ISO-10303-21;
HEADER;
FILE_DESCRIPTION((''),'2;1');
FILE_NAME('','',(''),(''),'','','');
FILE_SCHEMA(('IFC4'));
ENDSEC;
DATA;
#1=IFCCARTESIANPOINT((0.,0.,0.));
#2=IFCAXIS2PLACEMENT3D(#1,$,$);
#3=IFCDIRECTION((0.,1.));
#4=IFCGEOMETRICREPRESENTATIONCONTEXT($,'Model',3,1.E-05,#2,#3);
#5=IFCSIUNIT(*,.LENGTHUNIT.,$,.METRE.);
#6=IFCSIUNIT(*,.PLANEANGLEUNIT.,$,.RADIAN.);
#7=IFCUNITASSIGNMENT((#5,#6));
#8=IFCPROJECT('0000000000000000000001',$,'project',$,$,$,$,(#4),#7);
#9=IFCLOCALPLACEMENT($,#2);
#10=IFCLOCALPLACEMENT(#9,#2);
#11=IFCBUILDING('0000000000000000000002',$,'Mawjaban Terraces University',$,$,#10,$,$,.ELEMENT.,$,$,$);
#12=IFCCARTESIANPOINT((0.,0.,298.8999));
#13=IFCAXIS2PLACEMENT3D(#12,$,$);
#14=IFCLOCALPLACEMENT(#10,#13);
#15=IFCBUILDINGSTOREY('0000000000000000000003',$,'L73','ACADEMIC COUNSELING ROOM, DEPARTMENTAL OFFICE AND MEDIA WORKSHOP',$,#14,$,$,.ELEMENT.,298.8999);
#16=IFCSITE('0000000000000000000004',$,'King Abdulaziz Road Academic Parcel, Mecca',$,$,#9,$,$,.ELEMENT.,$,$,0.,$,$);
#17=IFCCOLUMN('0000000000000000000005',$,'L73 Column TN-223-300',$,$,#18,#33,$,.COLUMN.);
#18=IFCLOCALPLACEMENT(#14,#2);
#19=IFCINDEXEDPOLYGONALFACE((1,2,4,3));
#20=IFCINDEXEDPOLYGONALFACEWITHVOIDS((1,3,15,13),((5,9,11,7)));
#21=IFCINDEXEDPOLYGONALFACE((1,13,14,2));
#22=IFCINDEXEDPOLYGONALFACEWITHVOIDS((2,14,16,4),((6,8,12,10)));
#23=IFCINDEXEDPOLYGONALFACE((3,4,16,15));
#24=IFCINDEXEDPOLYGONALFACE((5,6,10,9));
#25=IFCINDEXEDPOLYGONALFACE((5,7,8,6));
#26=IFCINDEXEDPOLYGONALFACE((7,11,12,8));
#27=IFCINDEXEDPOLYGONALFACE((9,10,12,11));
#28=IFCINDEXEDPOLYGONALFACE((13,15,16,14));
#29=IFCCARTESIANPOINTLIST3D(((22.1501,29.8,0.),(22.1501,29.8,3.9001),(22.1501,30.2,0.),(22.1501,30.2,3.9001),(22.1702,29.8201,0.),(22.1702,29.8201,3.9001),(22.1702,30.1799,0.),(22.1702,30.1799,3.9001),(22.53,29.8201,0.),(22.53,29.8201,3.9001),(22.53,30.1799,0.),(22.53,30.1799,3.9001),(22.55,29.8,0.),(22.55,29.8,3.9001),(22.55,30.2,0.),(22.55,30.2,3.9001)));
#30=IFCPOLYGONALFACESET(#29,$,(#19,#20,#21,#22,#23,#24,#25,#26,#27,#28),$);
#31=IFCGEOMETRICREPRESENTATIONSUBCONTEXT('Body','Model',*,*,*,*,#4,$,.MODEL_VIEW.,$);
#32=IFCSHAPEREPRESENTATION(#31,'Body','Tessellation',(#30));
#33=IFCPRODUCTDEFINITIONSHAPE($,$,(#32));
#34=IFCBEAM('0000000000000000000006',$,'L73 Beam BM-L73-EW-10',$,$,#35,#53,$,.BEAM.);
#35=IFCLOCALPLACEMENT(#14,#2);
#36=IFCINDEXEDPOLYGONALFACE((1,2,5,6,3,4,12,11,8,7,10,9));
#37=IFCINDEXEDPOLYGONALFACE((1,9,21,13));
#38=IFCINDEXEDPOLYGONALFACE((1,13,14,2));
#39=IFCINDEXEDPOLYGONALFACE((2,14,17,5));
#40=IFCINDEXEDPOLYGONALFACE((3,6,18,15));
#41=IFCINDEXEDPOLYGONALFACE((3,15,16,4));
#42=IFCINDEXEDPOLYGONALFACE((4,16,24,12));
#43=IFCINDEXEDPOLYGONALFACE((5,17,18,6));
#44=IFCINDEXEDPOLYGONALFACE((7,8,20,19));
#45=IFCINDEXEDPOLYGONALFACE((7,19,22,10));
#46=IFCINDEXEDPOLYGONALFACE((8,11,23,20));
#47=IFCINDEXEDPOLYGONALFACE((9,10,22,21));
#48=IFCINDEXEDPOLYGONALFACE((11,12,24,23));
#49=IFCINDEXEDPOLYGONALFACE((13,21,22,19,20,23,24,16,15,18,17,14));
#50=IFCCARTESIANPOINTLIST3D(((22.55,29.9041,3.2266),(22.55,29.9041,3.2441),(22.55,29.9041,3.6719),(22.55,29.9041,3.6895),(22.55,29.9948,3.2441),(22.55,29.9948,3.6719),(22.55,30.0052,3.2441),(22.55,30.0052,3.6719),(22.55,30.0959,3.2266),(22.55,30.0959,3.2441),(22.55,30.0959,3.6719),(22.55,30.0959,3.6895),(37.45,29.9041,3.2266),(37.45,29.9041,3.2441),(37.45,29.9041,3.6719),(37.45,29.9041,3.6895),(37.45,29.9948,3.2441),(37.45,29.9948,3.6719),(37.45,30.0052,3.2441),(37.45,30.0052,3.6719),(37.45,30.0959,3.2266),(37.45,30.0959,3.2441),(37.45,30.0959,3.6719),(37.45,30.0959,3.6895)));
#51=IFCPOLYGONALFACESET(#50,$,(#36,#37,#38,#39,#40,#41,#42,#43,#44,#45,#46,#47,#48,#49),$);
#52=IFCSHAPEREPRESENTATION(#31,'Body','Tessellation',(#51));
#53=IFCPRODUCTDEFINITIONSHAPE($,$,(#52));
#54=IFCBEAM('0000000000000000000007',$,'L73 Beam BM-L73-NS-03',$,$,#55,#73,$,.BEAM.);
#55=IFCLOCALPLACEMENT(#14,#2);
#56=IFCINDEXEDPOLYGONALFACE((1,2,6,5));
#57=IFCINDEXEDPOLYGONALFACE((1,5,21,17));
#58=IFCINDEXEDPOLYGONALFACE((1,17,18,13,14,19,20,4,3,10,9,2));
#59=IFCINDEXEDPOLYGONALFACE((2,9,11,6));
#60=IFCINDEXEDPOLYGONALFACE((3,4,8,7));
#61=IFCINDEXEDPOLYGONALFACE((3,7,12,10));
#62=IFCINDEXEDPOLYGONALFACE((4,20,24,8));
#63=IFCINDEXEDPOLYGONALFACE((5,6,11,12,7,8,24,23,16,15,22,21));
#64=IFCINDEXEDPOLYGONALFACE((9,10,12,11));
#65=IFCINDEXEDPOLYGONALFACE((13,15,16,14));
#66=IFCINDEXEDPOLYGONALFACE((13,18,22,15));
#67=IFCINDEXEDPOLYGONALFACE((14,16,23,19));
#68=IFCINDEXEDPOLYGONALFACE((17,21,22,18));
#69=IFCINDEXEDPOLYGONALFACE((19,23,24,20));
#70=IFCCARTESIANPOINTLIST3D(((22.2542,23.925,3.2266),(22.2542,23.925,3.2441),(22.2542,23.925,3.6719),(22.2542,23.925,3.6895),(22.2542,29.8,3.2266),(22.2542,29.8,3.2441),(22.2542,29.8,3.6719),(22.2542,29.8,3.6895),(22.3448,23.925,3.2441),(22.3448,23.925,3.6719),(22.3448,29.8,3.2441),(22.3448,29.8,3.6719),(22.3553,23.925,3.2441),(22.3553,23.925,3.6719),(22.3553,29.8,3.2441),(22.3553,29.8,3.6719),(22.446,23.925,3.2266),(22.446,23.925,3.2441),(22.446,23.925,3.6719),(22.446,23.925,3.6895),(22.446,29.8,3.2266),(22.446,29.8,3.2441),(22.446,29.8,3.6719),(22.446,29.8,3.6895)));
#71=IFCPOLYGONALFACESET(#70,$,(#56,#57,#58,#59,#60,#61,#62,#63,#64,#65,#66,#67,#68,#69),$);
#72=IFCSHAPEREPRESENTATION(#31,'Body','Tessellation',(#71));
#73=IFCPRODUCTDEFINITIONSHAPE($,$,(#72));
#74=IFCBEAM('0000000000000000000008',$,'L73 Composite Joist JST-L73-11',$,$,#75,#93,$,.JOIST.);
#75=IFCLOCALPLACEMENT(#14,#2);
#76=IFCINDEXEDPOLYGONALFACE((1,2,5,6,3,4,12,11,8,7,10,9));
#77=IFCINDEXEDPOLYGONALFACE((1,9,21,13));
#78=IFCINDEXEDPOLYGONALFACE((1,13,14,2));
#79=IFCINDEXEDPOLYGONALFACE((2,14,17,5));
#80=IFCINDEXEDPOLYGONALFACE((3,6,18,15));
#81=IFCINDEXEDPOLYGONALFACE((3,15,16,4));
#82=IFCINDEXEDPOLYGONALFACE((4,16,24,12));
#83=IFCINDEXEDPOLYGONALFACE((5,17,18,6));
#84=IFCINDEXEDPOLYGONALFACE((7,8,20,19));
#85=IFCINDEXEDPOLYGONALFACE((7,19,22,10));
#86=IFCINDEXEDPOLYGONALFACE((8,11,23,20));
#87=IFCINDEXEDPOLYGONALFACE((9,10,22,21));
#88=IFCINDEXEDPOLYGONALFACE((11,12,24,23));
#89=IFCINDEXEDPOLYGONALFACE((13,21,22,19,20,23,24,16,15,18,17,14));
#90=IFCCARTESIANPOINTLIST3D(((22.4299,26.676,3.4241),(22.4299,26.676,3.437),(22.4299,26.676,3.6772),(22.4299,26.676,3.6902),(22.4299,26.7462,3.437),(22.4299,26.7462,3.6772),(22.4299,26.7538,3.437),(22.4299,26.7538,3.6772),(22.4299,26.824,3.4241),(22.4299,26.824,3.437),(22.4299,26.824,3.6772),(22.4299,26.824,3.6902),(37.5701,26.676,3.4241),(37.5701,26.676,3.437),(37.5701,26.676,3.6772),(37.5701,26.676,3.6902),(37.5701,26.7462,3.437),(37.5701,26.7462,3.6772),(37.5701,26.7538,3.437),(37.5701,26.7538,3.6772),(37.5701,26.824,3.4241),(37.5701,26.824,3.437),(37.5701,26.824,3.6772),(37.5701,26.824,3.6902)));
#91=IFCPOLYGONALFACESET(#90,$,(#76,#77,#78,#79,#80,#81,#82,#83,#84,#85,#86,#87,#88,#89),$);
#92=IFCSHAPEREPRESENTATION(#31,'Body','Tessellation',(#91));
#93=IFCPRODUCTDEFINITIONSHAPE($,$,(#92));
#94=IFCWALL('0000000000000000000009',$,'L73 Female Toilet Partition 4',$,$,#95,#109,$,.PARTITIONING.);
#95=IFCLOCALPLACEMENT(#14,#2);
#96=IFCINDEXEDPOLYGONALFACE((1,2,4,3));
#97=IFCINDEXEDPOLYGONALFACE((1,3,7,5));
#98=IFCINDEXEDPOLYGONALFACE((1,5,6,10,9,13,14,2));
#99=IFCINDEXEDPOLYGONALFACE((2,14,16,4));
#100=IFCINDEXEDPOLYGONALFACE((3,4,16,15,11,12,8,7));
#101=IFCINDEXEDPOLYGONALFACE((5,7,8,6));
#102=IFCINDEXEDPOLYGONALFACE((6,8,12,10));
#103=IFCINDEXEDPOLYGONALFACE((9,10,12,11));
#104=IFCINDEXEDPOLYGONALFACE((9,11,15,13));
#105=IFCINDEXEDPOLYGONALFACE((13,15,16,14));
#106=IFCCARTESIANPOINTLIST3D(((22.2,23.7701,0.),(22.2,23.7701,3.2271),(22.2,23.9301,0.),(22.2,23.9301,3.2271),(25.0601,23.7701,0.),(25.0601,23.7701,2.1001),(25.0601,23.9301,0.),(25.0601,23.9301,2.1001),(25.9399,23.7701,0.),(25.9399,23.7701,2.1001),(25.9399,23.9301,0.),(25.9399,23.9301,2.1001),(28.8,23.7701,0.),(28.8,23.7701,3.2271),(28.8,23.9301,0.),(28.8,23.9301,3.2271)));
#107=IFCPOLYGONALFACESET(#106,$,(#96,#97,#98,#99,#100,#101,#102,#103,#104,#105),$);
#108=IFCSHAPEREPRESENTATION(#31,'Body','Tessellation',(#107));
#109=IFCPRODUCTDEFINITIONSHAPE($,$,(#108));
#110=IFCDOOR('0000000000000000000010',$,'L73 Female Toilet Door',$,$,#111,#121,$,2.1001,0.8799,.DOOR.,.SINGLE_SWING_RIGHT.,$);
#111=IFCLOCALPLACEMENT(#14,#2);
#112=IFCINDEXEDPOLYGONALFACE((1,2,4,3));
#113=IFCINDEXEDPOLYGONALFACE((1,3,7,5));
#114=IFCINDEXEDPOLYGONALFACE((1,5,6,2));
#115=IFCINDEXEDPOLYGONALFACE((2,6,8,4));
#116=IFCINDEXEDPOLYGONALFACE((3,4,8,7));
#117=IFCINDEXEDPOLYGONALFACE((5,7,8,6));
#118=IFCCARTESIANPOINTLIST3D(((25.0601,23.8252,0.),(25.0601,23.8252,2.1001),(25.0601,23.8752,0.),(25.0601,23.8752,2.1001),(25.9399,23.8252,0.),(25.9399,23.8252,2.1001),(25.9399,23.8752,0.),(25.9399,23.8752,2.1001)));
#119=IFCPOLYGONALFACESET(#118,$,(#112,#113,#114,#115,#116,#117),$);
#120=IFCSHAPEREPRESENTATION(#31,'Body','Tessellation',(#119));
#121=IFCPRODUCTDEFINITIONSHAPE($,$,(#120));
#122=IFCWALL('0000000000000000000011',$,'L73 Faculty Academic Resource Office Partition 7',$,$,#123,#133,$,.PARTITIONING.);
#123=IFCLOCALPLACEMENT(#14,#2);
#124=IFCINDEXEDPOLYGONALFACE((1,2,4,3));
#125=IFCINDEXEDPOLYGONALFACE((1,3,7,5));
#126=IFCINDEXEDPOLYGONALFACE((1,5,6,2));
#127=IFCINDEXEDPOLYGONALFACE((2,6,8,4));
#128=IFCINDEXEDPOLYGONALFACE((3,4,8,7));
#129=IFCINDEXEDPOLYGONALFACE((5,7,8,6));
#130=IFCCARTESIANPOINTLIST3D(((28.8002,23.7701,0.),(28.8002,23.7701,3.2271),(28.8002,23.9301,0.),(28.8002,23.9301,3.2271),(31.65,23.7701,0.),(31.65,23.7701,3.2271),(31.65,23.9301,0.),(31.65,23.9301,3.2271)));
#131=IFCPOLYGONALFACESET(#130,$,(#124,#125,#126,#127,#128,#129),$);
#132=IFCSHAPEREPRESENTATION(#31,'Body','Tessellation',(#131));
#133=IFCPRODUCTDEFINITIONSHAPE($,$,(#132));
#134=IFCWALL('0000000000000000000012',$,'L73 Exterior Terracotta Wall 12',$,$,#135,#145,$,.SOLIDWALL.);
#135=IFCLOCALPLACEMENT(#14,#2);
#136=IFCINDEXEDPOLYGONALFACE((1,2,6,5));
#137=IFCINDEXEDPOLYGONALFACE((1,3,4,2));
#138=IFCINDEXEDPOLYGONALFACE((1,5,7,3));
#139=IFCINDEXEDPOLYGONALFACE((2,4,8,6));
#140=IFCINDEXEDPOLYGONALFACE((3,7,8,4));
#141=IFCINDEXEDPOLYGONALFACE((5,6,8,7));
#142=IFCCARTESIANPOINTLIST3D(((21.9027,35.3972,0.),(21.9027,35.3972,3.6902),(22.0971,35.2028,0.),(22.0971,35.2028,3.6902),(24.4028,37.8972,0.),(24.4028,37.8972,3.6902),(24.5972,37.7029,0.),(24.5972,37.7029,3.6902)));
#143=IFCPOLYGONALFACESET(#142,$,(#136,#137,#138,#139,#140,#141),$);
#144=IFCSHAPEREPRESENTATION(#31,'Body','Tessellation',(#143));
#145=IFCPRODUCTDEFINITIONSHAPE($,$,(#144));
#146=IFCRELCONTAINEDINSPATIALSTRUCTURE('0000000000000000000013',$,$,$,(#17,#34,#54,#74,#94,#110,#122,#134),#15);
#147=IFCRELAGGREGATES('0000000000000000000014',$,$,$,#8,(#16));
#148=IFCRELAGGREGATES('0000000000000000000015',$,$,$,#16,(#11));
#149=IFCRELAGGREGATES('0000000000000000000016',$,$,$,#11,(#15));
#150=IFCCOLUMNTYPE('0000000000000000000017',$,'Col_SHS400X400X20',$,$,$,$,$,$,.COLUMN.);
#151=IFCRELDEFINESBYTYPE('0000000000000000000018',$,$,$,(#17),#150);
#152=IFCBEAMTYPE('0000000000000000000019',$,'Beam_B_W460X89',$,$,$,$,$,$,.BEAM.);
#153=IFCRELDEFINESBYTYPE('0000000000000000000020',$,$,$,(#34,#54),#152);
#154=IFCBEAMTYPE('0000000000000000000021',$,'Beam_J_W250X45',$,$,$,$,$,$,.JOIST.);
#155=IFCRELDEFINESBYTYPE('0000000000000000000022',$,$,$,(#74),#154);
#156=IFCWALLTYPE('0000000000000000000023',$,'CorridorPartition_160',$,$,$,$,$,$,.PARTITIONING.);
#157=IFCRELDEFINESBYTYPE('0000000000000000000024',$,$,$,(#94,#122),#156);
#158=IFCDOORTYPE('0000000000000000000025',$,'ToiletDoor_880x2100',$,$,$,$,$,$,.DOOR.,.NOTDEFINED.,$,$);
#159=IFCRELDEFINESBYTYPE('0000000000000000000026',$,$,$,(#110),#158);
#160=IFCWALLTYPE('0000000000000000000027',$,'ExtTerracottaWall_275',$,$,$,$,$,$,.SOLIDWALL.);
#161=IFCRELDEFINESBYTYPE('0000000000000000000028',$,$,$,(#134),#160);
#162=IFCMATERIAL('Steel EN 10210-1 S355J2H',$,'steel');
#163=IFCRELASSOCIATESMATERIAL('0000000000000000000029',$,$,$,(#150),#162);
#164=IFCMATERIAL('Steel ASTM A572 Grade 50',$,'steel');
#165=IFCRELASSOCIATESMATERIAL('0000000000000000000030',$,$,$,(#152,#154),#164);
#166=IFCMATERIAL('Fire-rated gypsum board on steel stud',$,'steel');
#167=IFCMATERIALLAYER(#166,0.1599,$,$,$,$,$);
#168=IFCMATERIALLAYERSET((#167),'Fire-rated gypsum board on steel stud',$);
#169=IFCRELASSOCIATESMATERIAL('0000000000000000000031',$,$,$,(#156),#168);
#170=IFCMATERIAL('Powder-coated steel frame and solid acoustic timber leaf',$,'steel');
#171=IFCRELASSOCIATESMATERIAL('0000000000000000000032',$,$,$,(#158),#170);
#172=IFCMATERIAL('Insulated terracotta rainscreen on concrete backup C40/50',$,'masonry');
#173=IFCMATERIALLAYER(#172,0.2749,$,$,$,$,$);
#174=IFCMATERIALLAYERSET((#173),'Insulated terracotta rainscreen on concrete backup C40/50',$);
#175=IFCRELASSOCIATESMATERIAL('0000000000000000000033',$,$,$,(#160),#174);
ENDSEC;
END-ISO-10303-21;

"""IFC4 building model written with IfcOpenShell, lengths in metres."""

from ifc_helpers import new_model, si_unit, direction, frame, frame_2d, origin, origin_2d, place, context, subcontext, project, spatial, rectangle, hollow_rectangle, i_section, extrude, material, layer, layer_set, material_profile, profile_set, type_object, element, fill, save


model = new_model("IFC4")

# Units and contexts
model_context = context("Model", 3, precision=1e-05, world=origin(), true_north=direction((0.0, 1.0)))
body_context = subcontext(model_context, "Body", "Model", "MODEL_VIEW")
ifc_project = project(units=[si_unit("LENGTHUNIT", "METRE"), si_unit("PLANEANGLEUNIT", "RADIAN")], contexts=[model_context])

# Site, building, storey
site_placement = place(None, origin())
site = spatial("IfcSite", under=ifc_project, at=site_placement, Name="King Abdulaziz Road Academic Parcel, Mecca", CompositionType="ELEMENT", RefElevation=0.0)
building_placement = place(site_placement, origin())
building = spatial("IfcBuilding", under=site, at=building_placement, Name="Mawjaban Terraces University", CompositionType="ELEMENT")
storey_placement = place(building_placement, frame((0.0, 0.0, 298.8999)))
storey = spatial("IfcBuildingStorey", under=building, at=storey_placement, Name="L73", Description="ACADEMIC COUNSELING ROOM, DEPARTMENTAL OFFICE AND MEDIA WORKSHOP", CompositionType="ELEMENT", Elevation=298.8999)

# Column
ifc_material_1 = material(Name="Steel EN 10210-1 S355J2H", Category="steel")
ifc_material_profile_1 = material_profile(ifc_material_1, hollow_rectangle(XDim=0.3999, YDim=0.3999, WallThickness=0.02, at=origin_2d()), Name="SHS400X400X20")
ifc_profile_set_1 = profile_set([ifc_material_profile_1], Name="Steel EN 10210-1 S355J2H")
column_type = type_object("IfcColumnType", Name="Col_SHS400X400X20", PredefinedType="COLUMN", material=ifc_profile_set_1)
column_placement = place(storey_placement, frame((22.3501, 30.0, 0.0), z_axis=(0.0, 0.0, 1.0), x_axis=(1.0, 0.0, 0.0)))
element("IfcColumn", 1, at=column_placement, inside=storey, type_object=column_type, Name="L73 Column TN-223-300", PredefinedType="COLUMN", context=body_context, shape_type="SweptSolid", body=[
    extrude(hollow_rectangle(XDim=0.3999, YDim=0.3999, WallThickness=0.02, at=origin_2d()), origin(), (0.0, 0.0, 1.0), 3.9001),
])

# Beams
ifc_material_2 = material(Name="Steel ASTM A572 Grade 50", Category="steel")
ifc_material_profile_2 = material_profile(ifc_material_2, i_section(OverallWidth=0.1919, OverallDepth=0.4629, WebThickness=0.0105, FlangeThickness=0.0176, at=origin_2d()), Name="W460X89")
ifc_profile_set_2 = profile_set([ifc_material_profile_2], Name="Steel ASTM A572 Grade 50")
beam_type_1 = type_object("IfcBeamType", Name="Beam_B_W460X89", PredefinedType="BEAM", material=ifc_profile_set_2)
beam_1_placement = place(storey_placement, frame((22.55, 30.0, 3.458), z_axis=(1.0, 0.0, 0.0), x_axis=(0.0, 1.0, 0.0)))
element("IfcBeam", 2, at=beam_1_placement, inside=storey, type_object=beam_type_1, Name="L73 Beam BM-L73-EW-10", PredefinedType="BEAM", context=body_context, shape_type="SweptSolid", body=[
    extrude(i_section(OverallWidth=0.1919, OverallDepth=0.4629, WebThickness=0.0105, FlangeThickness=0.0176, at=origin_2d()), origin(), (0.0, 0.0, 1.0), 14.8999),
])
beam_2_placement = place(storey_placement, frame((22.3501, 23.925, 3.458), z_axis=(0.0, 1.0, 0.0), x_axis=(-1.0, 0.0, 0.0)))
element("IfcBeam", 3, at=beam_2_placement, inside=storey, type_object=beam_type_1, Name="L73 Beam BM-L73-NS-03", PredefinedType="BEAM", context=body_context, shape_type="SweptSolid", body=[
    extrude(i_section(OverallWidth=0.1919, OverallDepth=0.4629, WebThickness=0.0105, FlangeThickness=0.0176, at=origin_2d()), origin(), (0.0, 0.0, 1.0), 5.875),
])
ifc_material_profile_3 = material_profile(ifc_material_2, i_section(OverallWidth=0.1479, OverallDepth=0.2661, WebThickness=0.0076, FlangeThickness=0.0129, at=origin_2d()), Name="W250X45")
ifc_profile_set_3 = profile_set([ifc_material_profile_3], Name="Steel ASTM A572 Grade 50")
beam_type_2 = type_object("IfcBeamType", Name="Beam_J_W250X45", PredefinedType="JOIST", material=ifc_profile_set_3)
beam_3_placement = place(storey_placement, frame((22.4299, 26.75, 3.5571), z_axis=(1.0, 0.0, 0.0), x_axis=(0.0, 1.0, 0.0)))
element("IfcBeam", 4, at=beam_3_placement, inside=storey, type_object=beam_type_2, Name="L73 Composite Joist JST-L73-11", PredefinedType="JOIST", context=body_context, shape_type="SweptSolid", body=[
    extrude(i_section(OverallWidth=0.1479, OverallDepth=0.2661, WebThickness=0.0076, FlangeThickness=0.0129, at=origin_2d()), origin(), (0.0, 0.0, 1.0), 15.1401),
])

# Wall, opening, door
ifc_material_3 = material(Name="Fire-rated gypsum board on steel stud", Category="steel")
ifc_layer_1 = layer(ifc_material_3, 0.1599)
ifc_layer_set_1 = layer_set([ifc_layer_1], Name="Fire-rated gypsum board on steel stud")
wall_type_1 = type_object("IfcWallType", Name="CorridorPartition_160", PredefinedType="PARTITIONING", material=ifc_layer_set_1)
wall_1_placement = place(storey_placement, frame((28.8, 23.8501, 0.0), z_axis=(0.0, 0.0, 1.0), x_axis=(-1.0, 0.0, 0.0)))
wall_1 = element("IfcWall", 5, at=wall_1_placement, inside=storey, type_object=wall_type_1, Name="L73 Female Toilet Partition 4", PredefinedType="PARTITIONING", context=body_context, shape_type="SweptSolid", body=[
    extrude(rectangle(XDim=6.6001, YDim=0.1599, at=frame_2d((3.3, 0.0))), origin(), (0.0, 0.0, 1.0), 3.2271),
])
opening_1_placement = place(wall_1_placement, frame((2.8601, 0.0, 0.0)))
opening_1 = element("IfcOpeningElement", 6, at=opening_1_placement, cuts=wall_1, PredefinedType="OPENING", context=body_context, shape_type="SweptSolid", body=[
    extrude(rectangle(XDim=0.8799, YDim=2.1001, at=frame_2d((0.4399, 1.05))), frame((0.0, 0.0898, 0.0), z_axis=(0.0, -1.0, 0.0), x_axis=(1.0, 0.0, 0.0)), (0.0, 0.0, 1.0), 0.1799),
])
ifc_material_4 = material(Name="Powder-coated steel frame and solid acoustic timber leaf", Category="steel")
door_type_1 = type_object("IfcDoorType", Name="ToiletDoor_880x2100", OperationType="NOTDEFINED", PredefinedType="DOOR", material=ifc_material_4)
door_1_placement = place(opening_1_placement, origin())
door_1 = element("IfcDoor", 7, at=door_1_placement, inside=storey, type_object=door_type_1, Name="L73 Female Toilet Door", OperationType="SINGLE_SWING_RIGHT", OverallHeight=2.1001, OverallWidth=0.8799, PredefinedType="DOOR", context=body_context, shape_type="SweptSolid", body=[
    extrude(rectangle(XDim=0.8799, YDim=2.1001, at=frame_2d((0.4399, 1.05))), frame((0.0, 0.0249, 0.0), z_axis=(0.0, -1.0, 0.0), x_axis=(1.0, 0.0, 0.0)), (0.0, 0.0, 1.0), 0.05),
])
fill(opening_1, door_1)

# Walls
wall_2_placement = place(storey_placement, frame((31.6499, 23.8501, 0.0), z_axis=(0.0, 0.0, 1.0), x_axis=(-1.0, 0.0, 0.0)))
element("IfcWall", 8, at=wall_2_placement, inside=storey, type_object=wall_type_1, Name="L73 Faculty Academic Resource Office Partition 7", PredefinedType="PARTITIONING", context=body_context, shape_type="SweptSolid", body=[
    extrude(rectangle(XDim=2.8499, YDim=0.1599, at=frame_2d((1.4248, 0.0))), origin(), (0.0, 0.0, 1.0), 3.2271),
])
ifc_material_5 = material(Name="Insulated terracotta rainscreen on concrete backup C40/50", Category="masonry")
ifc_layer_2 = layer(ifc_material_5, 0.2749)
ifc_layer_set_2 = layer_set([ifc_layer_2], Name="Insulated terracotta rainscreen on concrete backup C40/50")
wall_type_2 = type_object("IfcWallType", Name="ExtTerracottaWall_275", PredefinedType="SOLIDWALL", material=ifc_layer_set_2)
wall_3_placement = place(storey_placement, frame((24.5, 37.8, 0.0), z_axis=(0.0, 0.0, 1.0), x_axis=(-0.707107, -0.707107, 0.0)))
element("IfcWall", 9, at=wall_3_placement, inside=storey, type_object=wall_type_2, Name="L73 Exterior Terracotta Wall 12", PredefinedType="SOLIDWALL", context=body_context, shape_type="SweptSolid", body=[
    extrude(rectangle(XDim=3.5356, YDim=0.2749, at=frame_2d((1.7678, 0.0))), origin(), (0.0, 0.0, 1.0), 3.6902),
])

save(model, "model.ifc")
